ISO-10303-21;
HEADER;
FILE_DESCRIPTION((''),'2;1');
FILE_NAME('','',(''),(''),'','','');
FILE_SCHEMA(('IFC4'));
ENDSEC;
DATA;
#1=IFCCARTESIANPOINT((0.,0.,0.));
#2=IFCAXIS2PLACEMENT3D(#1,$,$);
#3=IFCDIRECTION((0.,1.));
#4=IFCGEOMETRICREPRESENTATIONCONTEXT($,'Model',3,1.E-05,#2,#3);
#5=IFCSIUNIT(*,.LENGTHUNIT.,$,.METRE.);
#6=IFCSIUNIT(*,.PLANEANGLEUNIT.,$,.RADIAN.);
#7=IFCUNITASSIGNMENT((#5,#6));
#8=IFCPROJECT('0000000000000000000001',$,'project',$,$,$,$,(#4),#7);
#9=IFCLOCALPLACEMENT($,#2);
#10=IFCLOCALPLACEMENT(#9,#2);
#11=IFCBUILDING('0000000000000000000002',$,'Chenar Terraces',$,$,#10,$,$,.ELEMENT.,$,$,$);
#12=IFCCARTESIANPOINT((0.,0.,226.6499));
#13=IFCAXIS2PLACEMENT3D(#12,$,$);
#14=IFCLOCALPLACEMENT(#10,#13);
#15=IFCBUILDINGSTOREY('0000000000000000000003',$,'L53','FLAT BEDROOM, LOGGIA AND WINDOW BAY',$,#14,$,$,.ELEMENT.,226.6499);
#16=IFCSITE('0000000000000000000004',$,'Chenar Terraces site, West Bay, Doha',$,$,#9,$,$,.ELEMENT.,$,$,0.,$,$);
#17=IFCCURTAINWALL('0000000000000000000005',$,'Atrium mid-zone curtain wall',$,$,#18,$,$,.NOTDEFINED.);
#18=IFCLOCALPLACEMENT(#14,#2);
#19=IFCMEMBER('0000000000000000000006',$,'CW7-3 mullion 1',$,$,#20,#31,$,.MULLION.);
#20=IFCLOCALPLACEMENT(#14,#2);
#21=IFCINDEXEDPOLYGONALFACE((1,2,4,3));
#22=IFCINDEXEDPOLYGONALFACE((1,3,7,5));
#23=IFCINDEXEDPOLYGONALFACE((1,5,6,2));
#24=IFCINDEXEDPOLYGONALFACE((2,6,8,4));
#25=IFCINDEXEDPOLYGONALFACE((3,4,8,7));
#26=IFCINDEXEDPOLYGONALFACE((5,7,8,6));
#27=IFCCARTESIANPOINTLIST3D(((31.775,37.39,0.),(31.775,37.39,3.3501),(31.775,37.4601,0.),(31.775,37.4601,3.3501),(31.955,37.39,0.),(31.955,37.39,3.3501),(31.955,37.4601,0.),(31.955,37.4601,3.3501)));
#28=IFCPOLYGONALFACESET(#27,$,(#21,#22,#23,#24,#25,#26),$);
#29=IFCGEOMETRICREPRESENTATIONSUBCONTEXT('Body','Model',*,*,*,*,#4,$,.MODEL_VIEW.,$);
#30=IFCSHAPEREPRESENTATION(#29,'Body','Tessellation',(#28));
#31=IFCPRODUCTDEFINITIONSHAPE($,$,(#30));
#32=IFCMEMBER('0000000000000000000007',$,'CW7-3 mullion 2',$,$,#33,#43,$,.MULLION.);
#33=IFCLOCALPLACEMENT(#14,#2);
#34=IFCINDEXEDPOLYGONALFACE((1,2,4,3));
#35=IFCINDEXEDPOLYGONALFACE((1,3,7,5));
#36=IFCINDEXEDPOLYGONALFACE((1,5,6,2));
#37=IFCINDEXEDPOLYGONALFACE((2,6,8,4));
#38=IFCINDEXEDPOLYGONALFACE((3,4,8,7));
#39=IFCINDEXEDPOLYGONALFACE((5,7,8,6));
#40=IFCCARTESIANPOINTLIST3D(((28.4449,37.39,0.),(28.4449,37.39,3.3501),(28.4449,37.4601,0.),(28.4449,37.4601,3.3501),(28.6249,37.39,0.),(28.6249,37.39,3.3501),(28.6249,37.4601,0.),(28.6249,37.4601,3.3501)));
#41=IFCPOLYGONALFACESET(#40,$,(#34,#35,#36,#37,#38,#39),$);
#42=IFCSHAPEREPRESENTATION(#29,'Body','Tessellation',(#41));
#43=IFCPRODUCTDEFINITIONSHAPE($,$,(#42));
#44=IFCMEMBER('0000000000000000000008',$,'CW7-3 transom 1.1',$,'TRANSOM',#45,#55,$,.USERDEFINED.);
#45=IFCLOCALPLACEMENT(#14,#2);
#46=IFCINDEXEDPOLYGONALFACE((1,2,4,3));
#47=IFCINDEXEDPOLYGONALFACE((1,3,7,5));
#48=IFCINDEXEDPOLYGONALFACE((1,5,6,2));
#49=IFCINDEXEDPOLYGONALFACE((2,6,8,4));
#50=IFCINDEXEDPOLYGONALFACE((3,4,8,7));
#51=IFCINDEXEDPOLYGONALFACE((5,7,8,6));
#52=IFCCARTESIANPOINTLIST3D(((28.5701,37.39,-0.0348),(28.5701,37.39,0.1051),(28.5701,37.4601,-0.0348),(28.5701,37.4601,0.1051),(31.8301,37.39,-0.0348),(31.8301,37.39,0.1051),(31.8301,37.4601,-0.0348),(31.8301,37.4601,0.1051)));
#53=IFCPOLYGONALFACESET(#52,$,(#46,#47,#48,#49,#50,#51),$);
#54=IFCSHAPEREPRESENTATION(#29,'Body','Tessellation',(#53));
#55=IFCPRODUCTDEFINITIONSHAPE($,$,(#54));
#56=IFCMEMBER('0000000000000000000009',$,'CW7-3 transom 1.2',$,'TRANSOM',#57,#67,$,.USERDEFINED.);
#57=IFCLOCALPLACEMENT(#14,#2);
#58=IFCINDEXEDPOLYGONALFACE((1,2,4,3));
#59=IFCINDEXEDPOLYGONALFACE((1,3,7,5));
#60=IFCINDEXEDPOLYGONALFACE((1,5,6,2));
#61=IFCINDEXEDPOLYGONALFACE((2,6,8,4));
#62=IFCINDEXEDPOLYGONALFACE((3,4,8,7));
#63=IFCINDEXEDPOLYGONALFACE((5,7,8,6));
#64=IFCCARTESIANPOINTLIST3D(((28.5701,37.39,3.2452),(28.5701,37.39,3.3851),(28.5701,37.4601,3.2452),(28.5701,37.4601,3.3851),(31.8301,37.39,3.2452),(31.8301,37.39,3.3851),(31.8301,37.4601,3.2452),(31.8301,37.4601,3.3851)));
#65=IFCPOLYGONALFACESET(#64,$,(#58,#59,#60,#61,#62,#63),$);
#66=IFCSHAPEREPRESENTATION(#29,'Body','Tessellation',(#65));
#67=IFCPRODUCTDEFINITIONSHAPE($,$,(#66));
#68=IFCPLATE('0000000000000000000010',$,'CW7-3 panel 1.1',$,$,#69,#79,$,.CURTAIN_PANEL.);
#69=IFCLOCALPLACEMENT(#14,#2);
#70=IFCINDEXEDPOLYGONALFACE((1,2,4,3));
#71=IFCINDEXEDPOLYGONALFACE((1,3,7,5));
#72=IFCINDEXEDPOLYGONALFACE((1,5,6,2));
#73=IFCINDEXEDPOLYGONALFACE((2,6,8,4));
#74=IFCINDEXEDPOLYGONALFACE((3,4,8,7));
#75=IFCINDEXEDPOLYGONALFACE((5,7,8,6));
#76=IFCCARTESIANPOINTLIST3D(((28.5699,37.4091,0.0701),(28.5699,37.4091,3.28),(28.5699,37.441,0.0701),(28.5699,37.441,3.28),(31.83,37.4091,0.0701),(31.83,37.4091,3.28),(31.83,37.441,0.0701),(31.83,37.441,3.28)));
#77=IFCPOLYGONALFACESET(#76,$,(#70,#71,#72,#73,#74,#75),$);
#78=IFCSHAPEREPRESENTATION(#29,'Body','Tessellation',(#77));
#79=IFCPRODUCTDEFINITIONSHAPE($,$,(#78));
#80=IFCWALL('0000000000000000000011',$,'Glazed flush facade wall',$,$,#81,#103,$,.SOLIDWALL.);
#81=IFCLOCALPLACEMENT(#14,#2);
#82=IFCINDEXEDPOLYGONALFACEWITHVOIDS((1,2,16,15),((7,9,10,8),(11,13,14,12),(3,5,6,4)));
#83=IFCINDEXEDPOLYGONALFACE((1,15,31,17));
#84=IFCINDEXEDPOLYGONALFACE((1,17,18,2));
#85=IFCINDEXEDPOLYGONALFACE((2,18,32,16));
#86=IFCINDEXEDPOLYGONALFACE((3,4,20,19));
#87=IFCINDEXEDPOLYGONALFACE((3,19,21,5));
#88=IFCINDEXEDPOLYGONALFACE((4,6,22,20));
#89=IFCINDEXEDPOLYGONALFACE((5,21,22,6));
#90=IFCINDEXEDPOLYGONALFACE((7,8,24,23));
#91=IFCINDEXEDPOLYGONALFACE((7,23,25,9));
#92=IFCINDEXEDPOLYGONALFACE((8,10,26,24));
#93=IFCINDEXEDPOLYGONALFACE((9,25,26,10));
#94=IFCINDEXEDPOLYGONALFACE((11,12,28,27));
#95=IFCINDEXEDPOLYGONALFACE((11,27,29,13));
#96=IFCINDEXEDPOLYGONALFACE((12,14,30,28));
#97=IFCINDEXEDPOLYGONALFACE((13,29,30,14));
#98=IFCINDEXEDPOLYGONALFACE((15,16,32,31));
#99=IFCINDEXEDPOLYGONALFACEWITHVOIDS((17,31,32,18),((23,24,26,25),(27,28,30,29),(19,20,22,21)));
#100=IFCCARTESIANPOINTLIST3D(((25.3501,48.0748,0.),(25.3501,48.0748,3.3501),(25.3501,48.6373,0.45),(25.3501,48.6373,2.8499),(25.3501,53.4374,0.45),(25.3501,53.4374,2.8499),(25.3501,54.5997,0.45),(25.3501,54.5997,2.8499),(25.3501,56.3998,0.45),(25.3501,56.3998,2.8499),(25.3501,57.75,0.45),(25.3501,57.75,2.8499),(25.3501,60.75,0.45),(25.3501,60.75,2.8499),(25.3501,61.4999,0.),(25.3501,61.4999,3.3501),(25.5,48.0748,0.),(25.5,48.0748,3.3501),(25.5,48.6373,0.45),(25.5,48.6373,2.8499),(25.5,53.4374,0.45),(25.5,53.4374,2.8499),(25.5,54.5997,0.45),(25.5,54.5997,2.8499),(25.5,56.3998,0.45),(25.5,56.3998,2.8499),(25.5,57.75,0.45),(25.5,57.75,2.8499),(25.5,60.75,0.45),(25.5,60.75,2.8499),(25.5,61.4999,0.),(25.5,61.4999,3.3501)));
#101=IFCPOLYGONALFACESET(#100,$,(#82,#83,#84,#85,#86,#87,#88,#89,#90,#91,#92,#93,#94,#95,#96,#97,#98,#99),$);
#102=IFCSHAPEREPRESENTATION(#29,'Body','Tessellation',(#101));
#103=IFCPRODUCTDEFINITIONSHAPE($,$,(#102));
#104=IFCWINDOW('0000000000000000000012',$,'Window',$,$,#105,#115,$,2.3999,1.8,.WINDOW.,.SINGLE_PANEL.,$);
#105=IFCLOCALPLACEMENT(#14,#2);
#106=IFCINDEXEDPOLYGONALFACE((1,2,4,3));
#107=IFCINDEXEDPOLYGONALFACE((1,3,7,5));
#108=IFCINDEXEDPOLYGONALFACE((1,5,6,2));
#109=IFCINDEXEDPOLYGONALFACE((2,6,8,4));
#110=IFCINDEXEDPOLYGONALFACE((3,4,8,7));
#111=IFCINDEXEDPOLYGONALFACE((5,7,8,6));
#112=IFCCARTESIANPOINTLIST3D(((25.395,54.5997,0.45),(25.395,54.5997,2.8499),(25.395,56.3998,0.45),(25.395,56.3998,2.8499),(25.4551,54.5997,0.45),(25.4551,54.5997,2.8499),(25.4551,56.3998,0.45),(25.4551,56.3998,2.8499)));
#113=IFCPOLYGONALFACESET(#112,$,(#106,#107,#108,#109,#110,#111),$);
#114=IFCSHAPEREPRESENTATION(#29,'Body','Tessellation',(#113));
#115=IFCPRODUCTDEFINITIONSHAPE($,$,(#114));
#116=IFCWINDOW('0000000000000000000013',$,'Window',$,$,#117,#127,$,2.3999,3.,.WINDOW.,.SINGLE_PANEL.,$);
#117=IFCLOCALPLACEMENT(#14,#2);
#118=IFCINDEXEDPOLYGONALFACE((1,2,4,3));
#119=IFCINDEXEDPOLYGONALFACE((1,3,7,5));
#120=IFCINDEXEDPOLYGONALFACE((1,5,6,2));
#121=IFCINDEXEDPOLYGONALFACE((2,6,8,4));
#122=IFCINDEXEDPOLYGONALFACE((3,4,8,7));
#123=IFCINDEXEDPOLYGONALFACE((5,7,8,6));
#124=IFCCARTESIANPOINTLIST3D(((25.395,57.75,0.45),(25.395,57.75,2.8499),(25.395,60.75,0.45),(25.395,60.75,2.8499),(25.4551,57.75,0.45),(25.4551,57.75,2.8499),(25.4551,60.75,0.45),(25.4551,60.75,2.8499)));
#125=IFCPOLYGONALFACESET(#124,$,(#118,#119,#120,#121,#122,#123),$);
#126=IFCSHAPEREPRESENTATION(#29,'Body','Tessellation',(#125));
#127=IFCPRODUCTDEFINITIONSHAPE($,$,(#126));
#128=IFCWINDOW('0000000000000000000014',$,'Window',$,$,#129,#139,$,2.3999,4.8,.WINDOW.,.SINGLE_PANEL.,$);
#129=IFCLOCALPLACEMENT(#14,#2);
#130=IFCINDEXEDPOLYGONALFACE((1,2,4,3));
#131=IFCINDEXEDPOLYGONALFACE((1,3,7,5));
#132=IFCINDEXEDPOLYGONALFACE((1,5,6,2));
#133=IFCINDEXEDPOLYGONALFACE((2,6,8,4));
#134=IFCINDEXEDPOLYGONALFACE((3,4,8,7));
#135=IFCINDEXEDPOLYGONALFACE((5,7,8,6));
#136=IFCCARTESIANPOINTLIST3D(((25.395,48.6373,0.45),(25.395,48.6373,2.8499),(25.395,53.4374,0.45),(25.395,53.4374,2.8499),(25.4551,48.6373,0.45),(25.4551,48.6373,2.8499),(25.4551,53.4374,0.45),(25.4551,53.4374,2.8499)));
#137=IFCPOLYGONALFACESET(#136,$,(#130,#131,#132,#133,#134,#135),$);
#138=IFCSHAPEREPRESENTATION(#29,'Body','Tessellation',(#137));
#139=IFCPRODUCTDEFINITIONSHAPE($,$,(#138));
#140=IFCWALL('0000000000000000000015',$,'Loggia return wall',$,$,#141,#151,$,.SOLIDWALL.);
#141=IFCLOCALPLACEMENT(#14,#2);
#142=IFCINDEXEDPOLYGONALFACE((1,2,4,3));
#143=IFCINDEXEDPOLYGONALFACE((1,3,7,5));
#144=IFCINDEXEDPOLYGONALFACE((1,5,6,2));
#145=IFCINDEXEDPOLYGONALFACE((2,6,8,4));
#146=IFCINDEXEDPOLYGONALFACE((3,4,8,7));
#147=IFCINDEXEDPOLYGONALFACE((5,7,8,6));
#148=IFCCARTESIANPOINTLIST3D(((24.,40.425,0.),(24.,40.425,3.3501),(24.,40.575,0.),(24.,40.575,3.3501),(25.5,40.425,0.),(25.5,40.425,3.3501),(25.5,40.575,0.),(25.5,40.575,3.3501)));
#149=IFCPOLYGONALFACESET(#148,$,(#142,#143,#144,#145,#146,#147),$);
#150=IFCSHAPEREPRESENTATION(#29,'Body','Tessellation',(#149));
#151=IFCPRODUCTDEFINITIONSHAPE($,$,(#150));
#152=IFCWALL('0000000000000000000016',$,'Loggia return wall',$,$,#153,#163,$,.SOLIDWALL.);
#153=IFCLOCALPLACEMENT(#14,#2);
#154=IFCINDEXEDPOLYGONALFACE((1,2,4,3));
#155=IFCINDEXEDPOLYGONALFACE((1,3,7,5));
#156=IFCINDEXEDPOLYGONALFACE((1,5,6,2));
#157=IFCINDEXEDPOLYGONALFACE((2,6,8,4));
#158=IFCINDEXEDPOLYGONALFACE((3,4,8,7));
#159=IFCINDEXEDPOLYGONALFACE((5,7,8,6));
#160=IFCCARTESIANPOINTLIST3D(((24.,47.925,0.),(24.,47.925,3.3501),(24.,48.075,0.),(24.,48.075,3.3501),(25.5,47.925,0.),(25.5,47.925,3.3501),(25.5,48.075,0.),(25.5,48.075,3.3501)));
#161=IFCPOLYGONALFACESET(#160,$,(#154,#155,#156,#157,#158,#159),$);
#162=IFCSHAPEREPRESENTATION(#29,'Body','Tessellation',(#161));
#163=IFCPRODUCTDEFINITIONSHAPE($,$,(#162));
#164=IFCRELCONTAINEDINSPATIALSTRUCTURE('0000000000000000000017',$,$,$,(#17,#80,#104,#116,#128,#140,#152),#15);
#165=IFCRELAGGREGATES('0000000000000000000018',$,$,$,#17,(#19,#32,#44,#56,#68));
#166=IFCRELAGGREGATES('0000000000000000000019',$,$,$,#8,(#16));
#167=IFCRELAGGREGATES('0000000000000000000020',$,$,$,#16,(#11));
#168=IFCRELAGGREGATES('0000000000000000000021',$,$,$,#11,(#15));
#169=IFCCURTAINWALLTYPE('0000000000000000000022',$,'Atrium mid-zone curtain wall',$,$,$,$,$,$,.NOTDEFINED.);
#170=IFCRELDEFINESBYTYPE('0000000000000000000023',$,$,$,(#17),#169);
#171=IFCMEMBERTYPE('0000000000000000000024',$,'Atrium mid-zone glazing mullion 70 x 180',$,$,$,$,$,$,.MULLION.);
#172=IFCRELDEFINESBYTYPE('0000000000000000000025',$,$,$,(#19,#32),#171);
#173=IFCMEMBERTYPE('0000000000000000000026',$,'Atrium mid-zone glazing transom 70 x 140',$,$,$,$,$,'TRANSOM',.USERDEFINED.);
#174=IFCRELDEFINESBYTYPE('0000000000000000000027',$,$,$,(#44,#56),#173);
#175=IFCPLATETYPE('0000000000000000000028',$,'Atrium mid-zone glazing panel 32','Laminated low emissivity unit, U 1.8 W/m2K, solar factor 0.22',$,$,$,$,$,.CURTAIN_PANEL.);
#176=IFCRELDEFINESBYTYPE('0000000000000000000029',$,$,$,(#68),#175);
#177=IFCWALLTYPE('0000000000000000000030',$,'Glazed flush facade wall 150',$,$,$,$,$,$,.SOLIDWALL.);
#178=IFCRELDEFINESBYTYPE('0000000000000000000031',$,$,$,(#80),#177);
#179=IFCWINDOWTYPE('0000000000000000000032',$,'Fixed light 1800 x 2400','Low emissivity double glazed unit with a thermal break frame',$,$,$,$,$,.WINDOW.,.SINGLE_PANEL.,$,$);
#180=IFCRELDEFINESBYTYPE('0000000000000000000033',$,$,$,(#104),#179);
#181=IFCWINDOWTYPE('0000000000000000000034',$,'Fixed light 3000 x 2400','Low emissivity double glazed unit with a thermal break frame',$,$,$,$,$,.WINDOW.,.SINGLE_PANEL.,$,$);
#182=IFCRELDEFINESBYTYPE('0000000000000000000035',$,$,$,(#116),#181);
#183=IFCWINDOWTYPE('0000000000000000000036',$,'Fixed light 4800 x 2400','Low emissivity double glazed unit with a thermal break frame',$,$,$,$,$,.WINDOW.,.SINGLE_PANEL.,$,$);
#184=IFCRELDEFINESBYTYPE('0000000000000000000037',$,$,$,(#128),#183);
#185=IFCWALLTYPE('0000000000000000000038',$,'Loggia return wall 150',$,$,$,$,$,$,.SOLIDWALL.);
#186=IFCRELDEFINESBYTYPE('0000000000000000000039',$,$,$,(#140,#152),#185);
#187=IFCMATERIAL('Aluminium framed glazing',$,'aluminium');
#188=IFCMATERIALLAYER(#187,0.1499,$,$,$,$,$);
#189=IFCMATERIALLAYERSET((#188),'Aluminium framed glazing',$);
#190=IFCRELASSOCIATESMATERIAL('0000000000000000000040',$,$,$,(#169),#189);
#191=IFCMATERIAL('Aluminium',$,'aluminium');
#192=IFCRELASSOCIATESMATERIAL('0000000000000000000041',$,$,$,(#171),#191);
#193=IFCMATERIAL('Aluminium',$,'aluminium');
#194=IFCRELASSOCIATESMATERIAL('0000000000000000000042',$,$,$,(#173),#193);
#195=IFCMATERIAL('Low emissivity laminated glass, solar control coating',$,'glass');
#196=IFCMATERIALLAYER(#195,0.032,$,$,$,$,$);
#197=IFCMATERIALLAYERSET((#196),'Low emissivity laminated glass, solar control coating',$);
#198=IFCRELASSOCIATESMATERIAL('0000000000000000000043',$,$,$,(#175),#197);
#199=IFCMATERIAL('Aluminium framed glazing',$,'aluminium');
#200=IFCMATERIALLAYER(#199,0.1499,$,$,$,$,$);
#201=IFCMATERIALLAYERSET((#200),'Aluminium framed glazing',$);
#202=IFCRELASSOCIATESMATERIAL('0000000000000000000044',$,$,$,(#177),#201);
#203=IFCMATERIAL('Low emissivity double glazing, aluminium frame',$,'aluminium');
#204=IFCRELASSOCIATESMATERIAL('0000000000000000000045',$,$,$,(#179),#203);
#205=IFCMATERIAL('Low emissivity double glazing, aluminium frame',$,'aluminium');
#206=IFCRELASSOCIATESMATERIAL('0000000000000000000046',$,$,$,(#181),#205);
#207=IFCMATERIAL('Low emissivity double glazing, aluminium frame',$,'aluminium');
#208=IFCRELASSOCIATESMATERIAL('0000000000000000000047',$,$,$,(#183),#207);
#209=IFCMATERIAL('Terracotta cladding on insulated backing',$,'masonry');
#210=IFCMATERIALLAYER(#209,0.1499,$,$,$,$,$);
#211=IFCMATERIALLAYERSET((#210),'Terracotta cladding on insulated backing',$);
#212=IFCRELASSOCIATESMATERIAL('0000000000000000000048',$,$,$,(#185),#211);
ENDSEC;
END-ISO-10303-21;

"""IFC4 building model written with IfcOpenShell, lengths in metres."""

from ifc_helpers import new_model, si_unit, direction, frame, frame_2d, origin, origin_2d, place, context, subcontext, project, spatial, rectangle, extrude, material, layer, layer_set, material_profile, profile_set, type_object, element, fill, aggregate, save


model = new_model("IFC4")

# Units and contexts
model_context = context("Model", 3, precision=1e-05, world=origin(), true_north=direction((0.0, 1.0)))
body_context = subcontext(model_context, "Body", "Model", "MODEL_VIEW")
ifc_project = project(units=[si_unit("LENGTHUNIT", "METRE"), si_unit("PLANEANGLEUNIT", "RADIAN")], contexts=[model_context])

# Site, building, storey
site_placement = place(None, origin())
site = spatial("IfcSite", under=ifc_project, at=site_placement, Name="Chenar Terraces site, West Bay, Doha", CompositionType="ELEMENT", RefElevation=0.0)
building_placement = place(site_placement, origin())
building = spatial("IfcBuilding", under=site, at=building_placement, Name="Chenar Terraces", CompositionType="ELEMENT")
storey_placement = place(building_placement, frame((0.0, 0.0, 226.6499)))
storey = spatial("IfcBuildingStorey", under=building, at=storey_placement, Name="L53", Description="FLAT BEDROOM, LOGGIA AND WINDOW BAY", CompositionType="ELEMENT", Elevation=226.6499)

# Curtain wall, members, plate
ifc_material_1 = material(Name="Aluminium framed glazing", Category="aluminium")
ifc_layer_1 = layer(ifc_material_1, 0.1499)
ifc_layer_set_1 = layer_set([ifc_layer_1], Name="Aluminium framed glazing")
curtain_wall_type = type_object("IfcCurtainWallType", Name="Atrium mid-zone curtain wall", PredefinedType="NOTDEFINED", material=ifc_layer_set_1)
curtain_wall_placement = place(storey_placement, origin())
curtain_wall = element("IfcCurtainWall", 1, at=curtain_wall_placement, inside=storey, type_object=curtain_wall_type, Name="Atrium mid-zone curtain wall", PredefinedType="NOTDEFINED")
ifc_material_2 = material(Name="Aluminium", Category="aluminium")
ifc_material_profile_1 = material_profile(ifc_material_2, rectangle(XDim=0.0701, YDim=0.1799, at=origin_2d()), Name="Atrium mid-zone glazing mullion 70 x 180")
ifc_profile_set_1 = profile_set([ifc_material_profile_1], Name="Aluminium")
member_type_1 = type_object("IfcMemberType", Name="Atrium mid-zone glazing mullion 70 x 180", PredefinedType="MULLION", material=ifc_profile_set_1)
member_1_placement = place(storey_placement, frame((31.865, 37.425, 0.0), z_axis=(0.0, 0.0, 1.0), x_axis=(0.0, -1.0, 0.0)))
member_1 = element("IfcMember", 2, at=member_1_placement, type_object=member_type_1, Name="CW7-3 mullion 1", PredefinedType="MULLION", context=body_context, shape_type="SweptSolid", body=[
    extrude(rectangle(XDim=0.0701, YDim=0.1799, at=origin_2d()), origin(), (0.0, 0.0, 1.0), 3.3501),
])
member_2_placement = place(storey_placement, frame((28.5349, 37.425, 0.0), z_axis=(0.0, 0.0, 1.0), x_axis=(0.0, -1.0, 0.0)))
member_2 = element("IfcMember", 3, at=member_2_placement, type_object=member_type_1, Name="CW7-3 mullion 2", PredefinedType="MULLION", context=body_context, shape_type="SweptSolid", body=[
    extrude(rectangle(XDim=0.0701, YDim=0.1799, at=origin_2d()), origin(), (0.0, 0.0, 1.0), 3.3501),
])
ifc_material_3 = material(Name="Aluminium", Category="aluminium")
ifc_material_profile_2 = material_profile(ifc_material_3, rectangle(XDim=0.0701, YDim=0.1399, at=origin_2d()), Name="Atrium mid-zone glazing transom 70 x 140")
ifc_profile_set_2 = profile_set([ifc_material_profile_2], Name="Aluminium")
member_type_2 = type_object("IfcMemberType", Name="Atrium mid-zone glazing transom 70 x 140", ElementType="TRANSOM", PredefinedType="USERDEFINED", material=ifc_profile_set_2)
member_3_placement = place(storey_placement, frame((31.8301, 37.425, 0.0352), z_axis=(-1.0, 0.0, 0.0), x_axis=(0.0, -1.0, 0.0)))
member_3 = element("IfcMember", 4, at=member_3_placement, type_object=member_type_2, Name="CW7-3 transom 1.1", ObjectType="TRANSOM", PredefinedType="USERDEFINED", context=body_context, shape_type="SweptSolid", body=[
    extrude(rectangle(XDim=0.0701, YDim=0.1399, at=origin_2d()), origin(), (0.0, 0.0, 1.0), 3.26),
])
member_4_placement = place(storey_placement, frame((31.8301, 37.425, 3.3152), z_axis=(-1.0, 0.0, 0.0), x_axis=(0.0, -1.0, 0.0)))
member_4 = element("IfcMember", 5, at=member_4_placement, type_object=member_type_2, Name="CW7-3 transom 1.2", ObjectType="TRANSOM", PredefinedType="USERDEFINED", context=body_context, shape_type="SweptSolid", body=[
    extrude(rectangle(XDim=0.0701, YDim=0.1399, at=origin_2d()), origin(), (0.0, 0.0, 1.0), 3.26),
])
ifc_material_4 = material(Name="Low emissivity laminated glass, solar control coating", Category="glass")
ifc_layer_2 = layer(ifc_material_4, 0.032)
ifc_layer_set_2 = layer_set([ifc_layer_2], Name="Low emissivity laminated glass, solar control coating")
plate_type = type_object("IfcPlateType", Name="Atrium mid-zone glazing panel 32", Description="Laminated low emissivity unit, U 1.8 W/m2K, solar factor 0.22", PredefinedType="CURTAIN_PANEL", material=ifc_layer_set_2)
plate_placement = place(storey_placement, frame((30.2, 37.425, 0.0701), z_axis=(0.0, 0.0, 1.0), x_axis=(-1.0, 0.0, 0.0)))
plate = element("IfcPlate", 6, at=plate_placement, type_object=plate_type, Name="CW7-3 panel 1.1", PredefinedType="CURTAIN_PANEL", context=body_context, shape_type="SweptSolid", body=[
    extrude(rectangle(XDim=3.26, YDim=0.032, at=origin_2d()), origin(), (0.0, 0.0, 1.0), 3.21),
])
aggregate(curtain_wall, [member_1, member_2, member_3, member_4, plate])

# Wall, openings, windows
ifc_material_5 = material(Name="Aluminium framed glazing", Category="aluminium")
ifc_layer_3 = layer(ifc_material_5, 0.1499)
ifc_layer_set_3 = layer_set([ifc_layer_3], Name="Aluminium framed glazing")
wall_type_1 = type_object("IfcWallType", Name="Glazed flush facade wall 150", PredefinedType="SOLIDWALL", material=ifc_layer_set_3)
wall_1_placement = place(storey_placement, frame((25.425, 48.075, 0.0), z_axis=(0.0, 0.0, 1.0), x_axis=(0.0, 1.0, 0.0)))
wall_1 = element("IfcWall", 7, at=wall_1_placement, inside=storey, type_object=wall_type_1, Name="Glazed flush facade wall", PredefinedType="SOLIDWALL", context=body_context, shape_type="SweptSolid", body=[
    extrude(rectangle(XDim=13.425, YDim=0.1499, at=frame_2d((6.7124, 0.0))), origin(), (0.0, 0.0, 1.0), 3.3501),
])
opening_1_placement = place(wall_1_placement, frame((0.5625, 0.0, 0.45)))
opening_1 = element("IfcOpeningElement", 8, at=opening_1_placement, cuts=wall_1, PredefinedType="OPENING", context=body_context, shape_type="SweptSolid", body=[
    extrude(rectangle(XDim=4.8, YDim=2.3999, at=frame_2d((2.3999, 1.2))), frame((0.0, 0.085, 0.0), z_axis=(0.0, -1.0, 0.0), x_axis=(1.0, 0.0, 0.0)), (0.0, 0.0, 1.0), 0.1699),
])
opening_2_placement = place(wall_1_placement, frame((6.5249, 0.0, 0.45)))
opening_2 = element("IfcOpeningElement", 9, at=opening_2_placement, cuts=wall_1, PredefinedType="OPENING", context=body_context, shape_type="SweptSolid", body=[
    extrude(rectangle(XDim=1.8, YDim=2.3999, at=frame_2d((0.8999, 1.2))), frame((0.0, 0.085, 0.0), z_axis=(0.0, -1.0, 0.0), x_axis=(1.0, 0.0, 0.0)), (0.0, 0.0, 1.0), 0.1699),
])
opening_3_placement = place(wall_1_placement, frame((9.675, 0.0, 0.45)))
opening_3 = element("IfcOpeningElement", 10, at=opening_3_placement, cuts=wall_1, PredefinedType="OPENING", context=body_context, shape_type="SweptSolid", body=[
    extrude(rectangle(XDim=3.0, YDim=2.3999, at=frame_2d((1.5, 1.2))), frame((0.0, 0.085, 0.0), z_axis=(0.0, -1.0, 0.0), x_axis=(1.0, 0.0, 0.0)), (0.0, 0.0, 1.0), 0.1699),
])
ifc_material_6 = material(Name="Low emissivity double glazing, aluminium frame", Category="aluminium")
window_type_1 = type_object("IfcWindowType", Name="Fixed light 1800 x 2400", Description="Low emissivity double glazed unit with a thermal break frame", PartitioningType="SINGLE_PANEL", PredefinedType="WINDOW", material=ifc_material_6)
window_1_placement = place(opening_2_placement, origin())
window_1 = element("IfcWindow", 11, at=window_1_placement, inside=storey, type_object=window_type_1, Name="Window", OverallHeight=2.3999, OverallWidth=1.8, PartitioningType="SINGLE_PANEL", PredefinedType="WINDOW", context=body_context, shape_type="SweptSolid", body=[
    extrude(rectangle(XDim=1.8, YDim=2.3999, at=frame_2d((0.8999, 1.2))), frame((0.0, 0.03, 0.0), z_axis=(0.0, -1.0, 0.0), x_axis=(1.0, 0.0, 0.0)), (0.0, 0.0, 1.0), 0.0601),
])
fill(opening_2, window_1)
ifc_material_7 = material(Name="Low emissivity double glazing, aluminium frame", Category="aluminium")
window_type_2 = type_object("IfcWindowType", Name="Fixed light 3000 x 2400", Description="Low emissivity double glazed unit with a thermal break frame", PartitioningType="SINGLE_PANEL", PredefinedType="WINDOW", material=ifc_material_7)
window_2_placement = place(opening_3_placement, origin())
window_2 = element("IfcWindow", 12, at=window_2_placement, inside=storey, type_object=window_type_2, Name="Window", OverallHeight=2.3999, OverallWidth=3.0, PartitioningType="SINGLE_PANEL", PredefinedType="WINDOW", context=body_context, shape_type="SweptSolid", body=[
    extrude(rectangle(XDim=3.0, YDim=2.3999, at=frame_2d((1.5, 1.2))), frame((0.0, 0.03, 0.0), z_axis=(0.0, -1.0, 0.0), x_axis=(1.0, 0.0, 0.0)), (0.0, 0.0, 1.0), 0.0601),
])
fill(opening_3, window_2)
ifc_material_8 = material(Name="Low emissivity double glazing, aluminium frame", Category="aluminium")
window_type_3 = type_object("IfcWindowType", Name="Fixed light 4800 x 2400", Description="Low emissivity double glazed unit with a thermal break frame", PartitioningType="SINGLE_PANEL", PredefinedType="WINDOW", material=ifc_material_8)
window_3_placement = place(opening_1_placement, origin())
window_3 = element("IfcWindow", 13, at=window_3_placement, inside=storey, type_object=window_type_3, Name="Window", OverallHeight=2.3999, OverallWidth=4.8, PartitioningType="SINGLE_PANEL", PredefinedType="WINDOW", context=body_context, shape_type="SweptSolid", body=[
    extrude(rectangle(XDim=4.8, YDim=2.3999, at=frame_2d((2.3999, 1.2))), frame((0.0, 0.03, 0.0), z_axis=(0.0, -1.0, 0.0), x_axis=(1.0, 0.0, 0.0)), (0.0, 0.0, 1.0), 0.0601),
])
fill(opening_1, window_3)

# Walls
ifc_material_9 = material(Name="Terracotta cladding on insulated backing", Category="masonry")
ifc_layer_4 = layer(ifc_material_9, 0.1499)
ifc_layer_set_4 = layer_set([ifc_layer_4], Name="Terracotta cladding on insulated backing")
wall_type_2 = type_object("IfcWallType", Name="Loggia return wall 150", PredefinedType="SOLIDWALL", material=ifc_layer_set_4)
for number, where, z_axis, x_axis, name in (
    (14, (25.5, 40.5, 0.0), (0.0, 0.0, 1.0), (-1.0, 0.0, 0.0), "Loggia return wall"),
    (15, (25.5, 48.0, 0.0), (0.0, 0.0, 1.0), (-1.0, 0.0, 0.0), "Loggia return wall"),
):
    element("IfcWall", number, at=place(storey_placement, frame(where, z_axis=z_axis, x_axis=x_axis)), inside=storey, type_object=wall_type_2, Name=name, PredefinedType="SOLIDWALL", context=body_context, shape_type="SweptSolid", body=[
        extrude(rectangle(XDim=1.5, YDim=0.1499, at=frame_2d((0.75, 0.0))), origin(), (0.0, 0.0, 1.0), 3.3501),
    ])

save(model, "model.ifc")
